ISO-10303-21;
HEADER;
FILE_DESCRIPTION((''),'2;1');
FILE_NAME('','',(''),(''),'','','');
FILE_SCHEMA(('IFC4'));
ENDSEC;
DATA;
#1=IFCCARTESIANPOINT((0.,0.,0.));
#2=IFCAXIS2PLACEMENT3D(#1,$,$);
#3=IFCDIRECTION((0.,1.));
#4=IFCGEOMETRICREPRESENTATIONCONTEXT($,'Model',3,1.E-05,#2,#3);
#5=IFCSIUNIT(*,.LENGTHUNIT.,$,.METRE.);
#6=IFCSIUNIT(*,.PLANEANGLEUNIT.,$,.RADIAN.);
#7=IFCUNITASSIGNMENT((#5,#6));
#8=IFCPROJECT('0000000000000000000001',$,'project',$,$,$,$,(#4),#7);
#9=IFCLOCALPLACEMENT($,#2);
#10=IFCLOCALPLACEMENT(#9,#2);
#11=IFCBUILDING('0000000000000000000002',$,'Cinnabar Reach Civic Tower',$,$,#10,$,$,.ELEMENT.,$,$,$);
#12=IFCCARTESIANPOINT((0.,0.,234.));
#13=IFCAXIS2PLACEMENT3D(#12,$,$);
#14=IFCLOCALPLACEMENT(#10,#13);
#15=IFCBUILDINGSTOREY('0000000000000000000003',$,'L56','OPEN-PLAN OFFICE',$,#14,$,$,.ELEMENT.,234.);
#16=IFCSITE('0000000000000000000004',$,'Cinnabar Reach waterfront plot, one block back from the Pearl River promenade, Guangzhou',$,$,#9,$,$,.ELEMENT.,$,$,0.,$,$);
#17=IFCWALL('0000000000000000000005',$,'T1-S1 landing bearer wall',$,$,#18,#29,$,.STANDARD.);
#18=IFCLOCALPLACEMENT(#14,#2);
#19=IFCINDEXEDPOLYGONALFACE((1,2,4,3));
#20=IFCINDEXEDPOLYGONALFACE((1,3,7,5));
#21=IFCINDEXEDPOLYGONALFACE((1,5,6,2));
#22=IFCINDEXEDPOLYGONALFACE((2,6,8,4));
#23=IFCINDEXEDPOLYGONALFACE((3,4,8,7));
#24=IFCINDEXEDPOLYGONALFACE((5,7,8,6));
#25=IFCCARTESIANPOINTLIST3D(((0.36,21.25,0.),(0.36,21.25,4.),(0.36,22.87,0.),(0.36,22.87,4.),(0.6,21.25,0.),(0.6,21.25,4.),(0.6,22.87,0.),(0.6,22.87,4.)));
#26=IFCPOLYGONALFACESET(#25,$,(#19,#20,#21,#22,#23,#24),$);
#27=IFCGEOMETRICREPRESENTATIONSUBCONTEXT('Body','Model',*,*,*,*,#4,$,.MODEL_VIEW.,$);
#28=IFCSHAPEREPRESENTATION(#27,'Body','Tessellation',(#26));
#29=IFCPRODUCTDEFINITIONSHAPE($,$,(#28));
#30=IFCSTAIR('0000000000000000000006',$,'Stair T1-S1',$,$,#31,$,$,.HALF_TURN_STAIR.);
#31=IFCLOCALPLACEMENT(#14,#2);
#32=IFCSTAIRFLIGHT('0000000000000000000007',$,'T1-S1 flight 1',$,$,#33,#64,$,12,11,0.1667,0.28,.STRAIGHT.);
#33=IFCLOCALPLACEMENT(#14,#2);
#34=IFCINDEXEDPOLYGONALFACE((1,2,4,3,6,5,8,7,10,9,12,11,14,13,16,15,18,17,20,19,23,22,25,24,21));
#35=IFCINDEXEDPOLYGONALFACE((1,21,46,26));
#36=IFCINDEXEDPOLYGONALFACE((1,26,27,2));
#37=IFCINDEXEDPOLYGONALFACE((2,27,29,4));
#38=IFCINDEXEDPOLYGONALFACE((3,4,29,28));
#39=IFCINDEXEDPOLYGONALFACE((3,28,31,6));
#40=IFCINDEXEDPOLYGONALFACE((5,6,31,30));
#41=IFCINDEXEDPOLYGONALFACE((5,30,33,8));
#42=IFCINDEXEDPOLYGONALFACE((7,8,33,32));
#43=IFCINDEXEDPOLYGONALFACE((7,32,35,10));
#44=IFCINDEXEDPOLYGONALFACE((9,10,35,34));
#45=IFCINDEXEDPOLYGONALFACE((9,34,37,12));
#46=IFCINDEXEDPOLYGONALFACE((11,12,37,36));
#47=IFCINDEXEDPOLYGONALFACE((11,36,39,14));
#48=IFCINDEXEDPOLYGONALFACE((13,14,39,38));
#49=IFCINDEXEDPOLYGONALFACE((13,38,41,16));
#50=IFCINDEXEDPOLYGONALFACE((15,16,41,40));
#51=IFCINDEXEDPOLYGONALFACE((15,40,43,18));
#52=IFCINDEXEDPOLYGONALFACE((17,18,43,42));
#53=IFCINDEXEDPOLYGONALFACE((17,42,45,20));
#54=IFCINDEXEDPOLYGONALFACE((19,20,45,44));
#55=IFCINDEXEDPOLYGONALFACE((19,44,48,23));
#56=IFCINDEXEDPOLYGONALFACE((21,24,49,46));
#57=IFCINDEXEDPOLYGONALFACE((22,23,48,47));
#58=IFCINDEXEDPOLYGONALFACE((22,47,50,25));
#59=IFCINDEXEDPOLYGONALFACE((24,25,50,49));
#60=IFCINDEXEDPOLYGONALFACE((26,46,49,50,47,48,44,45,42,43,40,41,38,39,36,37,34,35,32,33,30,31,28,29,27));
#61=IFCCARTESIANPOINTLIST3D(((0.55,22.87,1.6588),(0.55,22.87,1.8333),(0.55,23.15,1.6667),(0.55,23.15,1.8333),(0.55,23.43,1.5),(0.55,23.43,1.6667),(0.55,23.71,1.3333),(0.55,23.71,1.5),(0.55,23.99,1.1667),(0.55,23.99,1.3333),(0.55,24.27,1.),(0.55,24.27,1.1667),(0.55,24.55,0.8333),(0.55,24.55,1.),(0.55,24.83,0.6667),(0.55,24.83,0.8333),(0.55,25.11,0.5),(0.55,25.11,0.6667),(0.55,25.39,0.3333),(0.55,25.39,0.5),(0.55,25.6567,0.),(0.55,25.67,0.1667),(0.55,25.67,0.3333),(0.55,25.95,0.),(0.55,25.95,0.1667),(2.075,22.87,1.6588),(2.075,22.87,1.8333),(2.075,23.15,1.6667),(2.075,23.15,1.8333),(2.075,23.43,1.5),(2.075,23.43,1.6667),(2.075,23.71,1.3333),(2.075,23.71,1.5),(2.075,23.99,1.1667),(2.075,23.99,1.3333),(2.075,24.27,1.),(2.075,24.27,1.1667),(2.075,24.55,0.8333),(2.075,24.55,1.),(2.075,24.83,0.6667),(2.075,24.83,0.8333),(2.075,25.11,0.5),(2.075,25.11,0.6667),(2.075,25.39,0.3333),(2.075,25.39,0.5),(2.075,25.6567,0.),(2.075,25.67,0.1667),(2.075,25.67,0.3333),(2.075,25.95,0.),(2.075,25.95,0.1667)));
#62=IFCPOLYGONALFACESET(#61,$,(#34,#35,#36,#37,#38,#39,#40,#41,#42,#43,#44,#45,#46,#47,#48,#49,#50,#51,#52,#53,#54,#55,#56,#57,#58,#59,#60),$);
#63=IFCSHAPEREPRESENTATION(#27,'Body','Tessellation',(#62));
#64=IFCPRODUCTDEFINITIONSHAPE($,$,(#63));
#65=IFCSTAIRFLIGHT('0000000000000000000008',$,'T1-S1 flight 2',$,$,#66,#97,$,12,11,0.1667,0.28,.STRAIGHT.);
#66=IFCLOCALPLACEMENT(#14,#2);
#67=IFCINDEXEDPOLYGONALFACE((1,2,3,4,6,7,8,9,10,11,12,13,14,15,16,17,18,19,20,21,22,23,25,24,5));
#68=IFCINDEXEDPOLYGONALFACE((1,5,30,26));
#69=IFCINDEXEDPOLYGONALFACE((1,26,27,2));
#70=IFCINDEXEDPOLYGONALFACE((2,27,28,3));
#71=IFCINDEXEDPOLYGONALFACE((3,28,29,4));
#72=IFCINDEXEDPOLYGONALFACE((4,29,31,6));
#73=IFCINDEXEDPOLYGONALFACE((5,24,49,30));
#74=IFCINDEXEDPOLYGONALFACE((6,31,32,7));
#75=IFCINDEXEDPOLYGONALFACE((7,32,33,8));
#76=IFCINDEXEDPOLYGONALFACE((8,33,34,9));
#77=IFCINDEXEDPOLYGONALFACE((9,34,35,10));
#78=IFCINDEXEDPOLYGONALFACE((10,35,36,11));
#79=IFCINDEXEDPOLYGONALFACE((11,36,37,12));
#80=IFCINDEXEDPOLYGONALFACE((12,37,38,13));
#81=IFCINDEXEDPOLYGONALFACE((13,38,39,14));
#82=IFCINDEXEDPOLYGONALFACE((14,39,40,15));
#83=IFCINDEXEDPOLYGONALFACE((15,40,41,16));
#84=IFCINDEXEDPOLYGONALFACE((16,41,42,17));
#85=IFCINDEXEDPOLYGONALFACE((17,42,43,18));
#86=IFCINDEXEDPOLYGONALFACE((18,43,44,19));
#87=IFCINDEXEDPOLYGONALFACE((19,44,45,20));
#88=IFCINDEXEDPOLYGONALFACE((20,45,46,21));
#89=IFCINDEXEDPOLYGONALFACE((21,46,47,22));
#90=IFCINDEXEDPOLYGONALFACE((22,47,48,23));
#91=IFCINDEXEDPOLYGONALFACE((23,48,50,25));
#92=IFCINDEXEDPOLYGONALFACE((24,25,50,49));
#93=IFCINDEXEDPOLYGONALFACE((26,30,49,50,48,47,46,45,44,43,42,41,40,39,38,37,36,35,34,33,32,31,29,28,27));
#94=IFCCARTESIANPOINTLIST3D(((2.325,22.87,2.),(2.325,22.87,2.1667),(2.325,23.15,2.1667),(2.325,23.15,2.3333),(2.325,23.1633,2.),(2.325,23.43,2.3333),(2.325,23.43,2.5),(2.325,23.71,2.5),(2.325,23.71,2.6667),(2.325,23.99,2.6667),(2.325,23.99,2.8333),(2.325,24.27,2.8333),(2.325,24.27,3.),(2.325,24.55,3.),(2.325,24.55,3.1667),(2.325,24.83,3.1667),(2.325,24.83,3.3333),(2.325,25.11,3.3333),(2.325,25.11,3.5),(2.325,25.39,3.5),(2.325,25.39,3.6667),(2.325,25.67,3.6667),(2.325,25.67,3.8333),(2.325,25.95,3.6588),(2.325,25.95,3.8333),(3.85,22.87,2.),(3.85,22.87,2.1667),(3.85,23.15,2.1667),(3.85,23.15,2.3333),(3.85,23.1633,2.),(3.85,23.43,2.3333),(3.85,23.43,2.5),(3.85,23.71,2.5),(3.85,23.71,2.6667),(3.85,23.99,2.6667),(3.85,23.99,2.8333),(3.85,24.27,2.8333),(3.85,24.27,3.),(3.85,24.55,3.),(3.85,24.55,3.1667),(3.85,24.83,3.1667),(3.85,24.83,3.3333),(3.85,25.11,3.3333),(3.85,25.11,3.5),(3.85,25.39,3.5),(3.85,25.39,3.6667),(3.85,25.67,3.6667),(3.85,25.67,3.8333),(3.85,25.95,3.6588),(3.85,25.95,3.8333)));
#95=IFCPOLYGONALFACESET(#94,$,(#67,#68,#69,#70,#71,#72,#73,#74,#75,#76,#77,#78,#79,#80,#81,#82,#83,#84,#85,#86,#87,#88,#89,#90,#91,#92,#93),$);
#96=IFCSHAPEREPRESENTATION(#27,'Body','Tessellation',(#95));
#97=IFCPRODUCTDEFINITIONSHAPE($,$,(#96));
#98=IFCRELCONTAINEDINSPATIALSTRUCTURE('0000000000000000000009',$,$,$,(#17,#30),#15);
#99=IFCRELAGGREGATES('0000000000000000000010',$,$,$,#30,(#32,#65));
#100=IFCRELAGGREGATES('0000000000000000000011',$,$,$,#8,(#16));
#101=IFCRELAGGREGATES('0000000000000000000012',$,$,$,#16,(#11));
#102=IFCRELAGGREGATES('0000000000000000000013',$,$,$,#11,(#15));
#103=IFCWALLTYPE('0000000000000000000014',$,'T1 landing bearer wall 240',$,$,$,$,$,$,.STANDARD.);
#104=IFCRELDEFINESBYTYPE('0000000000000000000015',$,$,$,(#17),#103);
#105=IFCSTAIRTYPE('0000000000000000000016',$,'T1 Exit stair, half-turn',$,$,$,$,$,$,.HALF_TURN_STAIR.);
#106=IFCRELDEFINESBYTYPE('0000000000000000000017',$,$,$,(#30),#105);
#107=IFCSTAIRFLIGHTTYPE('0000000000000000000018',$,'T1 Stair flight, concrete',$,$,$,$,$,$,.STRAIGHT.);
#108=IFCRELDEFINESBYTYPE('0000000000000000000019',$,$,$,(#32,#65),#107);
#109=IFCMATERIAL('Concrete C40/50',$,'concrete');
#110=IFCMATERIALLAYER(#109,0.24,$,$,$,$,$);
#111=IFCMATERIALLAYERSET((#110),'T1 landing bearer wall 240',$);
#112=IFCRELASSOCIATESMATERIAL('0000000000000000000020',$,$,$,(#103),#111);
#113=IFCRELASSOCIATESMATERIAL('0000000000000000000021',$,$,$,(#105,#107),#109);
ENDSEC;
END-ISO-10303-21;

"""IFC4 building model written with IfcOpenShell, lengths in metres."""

from ifc_helpers import new_model, si_unit, direction, frame, frame_2d, origin, place, context, subcontext, project, spatial, polyline, rectangle, outline, extrude, material, layer, layer_set, type_object, element, aggregate, save


model = new_model("IFC4")

# Units and contexts
model_context = context("Model", 3, precision=1e-05, world=origin(), true_north=direction((0.0, 1.0)))
body_context = subcontext(model_context, "Body", "Model", "MODEL_VIEW")
ifc_project = project(units=[si_unit("LENGTHUNIT", "METRE"), si_unit("PLANEANGLEUNIT", "RADIAN")], contexts=[model_context])

# Site, building, storey
site_placement = place(None, origin())
site = spatial("IfcSite", under=ifc_project, at=site_placement, Name="Cinnabar Reach waterfront plot, one block back from the Pearl River promenade, Guangzhou", CompositionType="ELEMENT", RefElevation=0.0)
building_placement = place(site_placement, origin())
building = spatial("IfcBuilding", under=site, at=building_placement, Name="Cinnabar Reach Civic Tower", CompositionType="ELEMENT")
storey_placement = place(building_placement, frame((0.0, 0.0, 234.0)))
storey = spatial("IfcBuildingStorey", under=building, at=storey_placement, Name="L56", Description="OPEN-PLAN OFFICE", CompositionType="ELEMENT", Elevation=234.0)

# Wall
ifc_material_1 = material(Name="Concrete C40/50", Category="concrete")
ifc_layer_1 = layer(ifc_material_1, 0.24)
ifc_layer_set_1 = layer_set([ifc_layer_1], Name="T1 landing bearer wall 240")
wall_type_1 = type_object("IfcWallType", Name="T1 landing bearer wall 240", PredefinedType="STANDARD", material=ifc_layer_set_1)
wall_1_placement = place(storey_placement, frame((0.48, 21.25, 0.0), z_axis=(0.0, 0.0, 1.0), x_axis=(0.0, 1.0, 0.0)))
element("IfcWall", 1, at=wall_1_placement, inside=storey, type_object=wall_type_1, Name="T1-S1 landing bearer wall", PredefinedType="STANDARD", context=body_context, shape_type="SweptSolid", body=[
    extrude(rectangle(XDim=1.62, YDim=0.24, at=frame_2d((0.81, 0.0))), origin(), (0.0, 0.0, 1.0), 4.0),
])

# Stair, stair flights
stair_type = type_object("IfcStairType", Name="T1 Exit stair, half-turn", PredefinedType="HALF_TURN_STAIR", material=ifc_material_1)
stair_placement = place(storey_placement, origin())
stair = element("IfcStair", 2, at=stair_placement, inside=storey, type_object=stair_type, Name="Stair T1-S1", PredefinedType="HALF_TURN_STAIR")
stair_flight_type = type_object("IfcStairFlightType", Name="T1 Stair flight, concrete", PredefinedType="STRAIGHT", material=ifc_material_1)
stair_flight_1_placement = place(storey_placement, frame((1.3125, 25.95, 0.0), z_axis=(0.0, 0.0, 1.0), x_axis=(0.0, -1.0, 0.0)))
stair_flight_1 = element("IfcStairFlight", 3, at=stair_flight_1_placement, type_object=stair_flight_type, Name="T1-S1 flight 1", NumberOfRisers=12, NumberOfTreads=11, PredefinedType="STRAIGHT", RiserHeight=0.1667, TreadLength=0.28, context=body_context, shape_type="SweptSolid", body=[
    extrude(outline(polyline([(0.0, 0.0), (0.0, 0.1667), (0.28, 0.1667), (0.28, 0.3333), (0.56, 0.3333), (0.56, 0.5), (0.84, 0.5), (0.84, 0.6667), (1.12, 0.6667), (1.12, 0.8333), (1.4, 0.8333), (1.4, 1.0), (1.68, 1.0), (1.68, 1.1667), (1.96, 1.1667), (1.96, 1.3333), (2.24, 1.3333), (2.24, 1.5), (2.52, 1.5), (2.52, 1.6667), (2.8, 1.6667), (2.8, 1.8333), (3.08, 1.8333), (3.08, 2.0), (3.08, 1.6588), (0.2933, 0.0), (0.0, 0.0)])), frame((0.0, 0.7625, 0.0), z_axis=(0.0, -1.0, 0.0), x_axis=(1.0, 0.0, 0.0)), (0.0, 0.0, 1.0), 1.525),
])
stair_flight_2_placement = place(storey_placement, frame((3.0875, 22.87, 2.0), z_axis=(0.0, 0.0, 1.0), x_axis=(0.0, 1.0, 0.0)))
stair_flight_2 = element("IfcStairFlight", 4, at=stair_flight_2_placement, type_object=stair_flight_type, Name="T1-S1 flight 2", NumberOfRisers=12, NumberOfTreads=11, PredefinedType="STRAIGHT", RiserHeight=0.1667, TreadLength=0.28, context=body_context, shape_type="SweptSolid", body=[
    extrude(outline(polyline([(0.0, 0.0), (0.0, 0.1667), (0.28, 0.1667), (0.28, 0.3333), (0.56, 0.3333), (0.56, 0.5), (0.84, 0.5), (0.84, 0.6667), (1.12, 0.6667), (1.12, 0.8333), (1.4, 0.8333), (1.4, 1.0), (1.68, 1.0), (1.68, 1.1667), (1.96, 1.1667), (1.96, 1.3333), (2.24, 1.3333), (2.24, 1.5), (2.52, 1.5), (2.52, 1.6667), (2.8, 1.6667), (2.8, 1.8333), (3.08, 1.8333), (3.08, 2.0), (3.08, 1.6588), (0.2933, 0.0), (0.0, 0.0)])), frame((0.0, 0.7625, 0.0), z_axis=(0.0, -1.0, 0.0), x_axis=(1.0, 0.0, 0.0)), (0.0, 0.0, 1.0), 1.525),
])
aggregate(stair, [stair_flight_1, stair_flight_2])

save(model, "model.ifc")
